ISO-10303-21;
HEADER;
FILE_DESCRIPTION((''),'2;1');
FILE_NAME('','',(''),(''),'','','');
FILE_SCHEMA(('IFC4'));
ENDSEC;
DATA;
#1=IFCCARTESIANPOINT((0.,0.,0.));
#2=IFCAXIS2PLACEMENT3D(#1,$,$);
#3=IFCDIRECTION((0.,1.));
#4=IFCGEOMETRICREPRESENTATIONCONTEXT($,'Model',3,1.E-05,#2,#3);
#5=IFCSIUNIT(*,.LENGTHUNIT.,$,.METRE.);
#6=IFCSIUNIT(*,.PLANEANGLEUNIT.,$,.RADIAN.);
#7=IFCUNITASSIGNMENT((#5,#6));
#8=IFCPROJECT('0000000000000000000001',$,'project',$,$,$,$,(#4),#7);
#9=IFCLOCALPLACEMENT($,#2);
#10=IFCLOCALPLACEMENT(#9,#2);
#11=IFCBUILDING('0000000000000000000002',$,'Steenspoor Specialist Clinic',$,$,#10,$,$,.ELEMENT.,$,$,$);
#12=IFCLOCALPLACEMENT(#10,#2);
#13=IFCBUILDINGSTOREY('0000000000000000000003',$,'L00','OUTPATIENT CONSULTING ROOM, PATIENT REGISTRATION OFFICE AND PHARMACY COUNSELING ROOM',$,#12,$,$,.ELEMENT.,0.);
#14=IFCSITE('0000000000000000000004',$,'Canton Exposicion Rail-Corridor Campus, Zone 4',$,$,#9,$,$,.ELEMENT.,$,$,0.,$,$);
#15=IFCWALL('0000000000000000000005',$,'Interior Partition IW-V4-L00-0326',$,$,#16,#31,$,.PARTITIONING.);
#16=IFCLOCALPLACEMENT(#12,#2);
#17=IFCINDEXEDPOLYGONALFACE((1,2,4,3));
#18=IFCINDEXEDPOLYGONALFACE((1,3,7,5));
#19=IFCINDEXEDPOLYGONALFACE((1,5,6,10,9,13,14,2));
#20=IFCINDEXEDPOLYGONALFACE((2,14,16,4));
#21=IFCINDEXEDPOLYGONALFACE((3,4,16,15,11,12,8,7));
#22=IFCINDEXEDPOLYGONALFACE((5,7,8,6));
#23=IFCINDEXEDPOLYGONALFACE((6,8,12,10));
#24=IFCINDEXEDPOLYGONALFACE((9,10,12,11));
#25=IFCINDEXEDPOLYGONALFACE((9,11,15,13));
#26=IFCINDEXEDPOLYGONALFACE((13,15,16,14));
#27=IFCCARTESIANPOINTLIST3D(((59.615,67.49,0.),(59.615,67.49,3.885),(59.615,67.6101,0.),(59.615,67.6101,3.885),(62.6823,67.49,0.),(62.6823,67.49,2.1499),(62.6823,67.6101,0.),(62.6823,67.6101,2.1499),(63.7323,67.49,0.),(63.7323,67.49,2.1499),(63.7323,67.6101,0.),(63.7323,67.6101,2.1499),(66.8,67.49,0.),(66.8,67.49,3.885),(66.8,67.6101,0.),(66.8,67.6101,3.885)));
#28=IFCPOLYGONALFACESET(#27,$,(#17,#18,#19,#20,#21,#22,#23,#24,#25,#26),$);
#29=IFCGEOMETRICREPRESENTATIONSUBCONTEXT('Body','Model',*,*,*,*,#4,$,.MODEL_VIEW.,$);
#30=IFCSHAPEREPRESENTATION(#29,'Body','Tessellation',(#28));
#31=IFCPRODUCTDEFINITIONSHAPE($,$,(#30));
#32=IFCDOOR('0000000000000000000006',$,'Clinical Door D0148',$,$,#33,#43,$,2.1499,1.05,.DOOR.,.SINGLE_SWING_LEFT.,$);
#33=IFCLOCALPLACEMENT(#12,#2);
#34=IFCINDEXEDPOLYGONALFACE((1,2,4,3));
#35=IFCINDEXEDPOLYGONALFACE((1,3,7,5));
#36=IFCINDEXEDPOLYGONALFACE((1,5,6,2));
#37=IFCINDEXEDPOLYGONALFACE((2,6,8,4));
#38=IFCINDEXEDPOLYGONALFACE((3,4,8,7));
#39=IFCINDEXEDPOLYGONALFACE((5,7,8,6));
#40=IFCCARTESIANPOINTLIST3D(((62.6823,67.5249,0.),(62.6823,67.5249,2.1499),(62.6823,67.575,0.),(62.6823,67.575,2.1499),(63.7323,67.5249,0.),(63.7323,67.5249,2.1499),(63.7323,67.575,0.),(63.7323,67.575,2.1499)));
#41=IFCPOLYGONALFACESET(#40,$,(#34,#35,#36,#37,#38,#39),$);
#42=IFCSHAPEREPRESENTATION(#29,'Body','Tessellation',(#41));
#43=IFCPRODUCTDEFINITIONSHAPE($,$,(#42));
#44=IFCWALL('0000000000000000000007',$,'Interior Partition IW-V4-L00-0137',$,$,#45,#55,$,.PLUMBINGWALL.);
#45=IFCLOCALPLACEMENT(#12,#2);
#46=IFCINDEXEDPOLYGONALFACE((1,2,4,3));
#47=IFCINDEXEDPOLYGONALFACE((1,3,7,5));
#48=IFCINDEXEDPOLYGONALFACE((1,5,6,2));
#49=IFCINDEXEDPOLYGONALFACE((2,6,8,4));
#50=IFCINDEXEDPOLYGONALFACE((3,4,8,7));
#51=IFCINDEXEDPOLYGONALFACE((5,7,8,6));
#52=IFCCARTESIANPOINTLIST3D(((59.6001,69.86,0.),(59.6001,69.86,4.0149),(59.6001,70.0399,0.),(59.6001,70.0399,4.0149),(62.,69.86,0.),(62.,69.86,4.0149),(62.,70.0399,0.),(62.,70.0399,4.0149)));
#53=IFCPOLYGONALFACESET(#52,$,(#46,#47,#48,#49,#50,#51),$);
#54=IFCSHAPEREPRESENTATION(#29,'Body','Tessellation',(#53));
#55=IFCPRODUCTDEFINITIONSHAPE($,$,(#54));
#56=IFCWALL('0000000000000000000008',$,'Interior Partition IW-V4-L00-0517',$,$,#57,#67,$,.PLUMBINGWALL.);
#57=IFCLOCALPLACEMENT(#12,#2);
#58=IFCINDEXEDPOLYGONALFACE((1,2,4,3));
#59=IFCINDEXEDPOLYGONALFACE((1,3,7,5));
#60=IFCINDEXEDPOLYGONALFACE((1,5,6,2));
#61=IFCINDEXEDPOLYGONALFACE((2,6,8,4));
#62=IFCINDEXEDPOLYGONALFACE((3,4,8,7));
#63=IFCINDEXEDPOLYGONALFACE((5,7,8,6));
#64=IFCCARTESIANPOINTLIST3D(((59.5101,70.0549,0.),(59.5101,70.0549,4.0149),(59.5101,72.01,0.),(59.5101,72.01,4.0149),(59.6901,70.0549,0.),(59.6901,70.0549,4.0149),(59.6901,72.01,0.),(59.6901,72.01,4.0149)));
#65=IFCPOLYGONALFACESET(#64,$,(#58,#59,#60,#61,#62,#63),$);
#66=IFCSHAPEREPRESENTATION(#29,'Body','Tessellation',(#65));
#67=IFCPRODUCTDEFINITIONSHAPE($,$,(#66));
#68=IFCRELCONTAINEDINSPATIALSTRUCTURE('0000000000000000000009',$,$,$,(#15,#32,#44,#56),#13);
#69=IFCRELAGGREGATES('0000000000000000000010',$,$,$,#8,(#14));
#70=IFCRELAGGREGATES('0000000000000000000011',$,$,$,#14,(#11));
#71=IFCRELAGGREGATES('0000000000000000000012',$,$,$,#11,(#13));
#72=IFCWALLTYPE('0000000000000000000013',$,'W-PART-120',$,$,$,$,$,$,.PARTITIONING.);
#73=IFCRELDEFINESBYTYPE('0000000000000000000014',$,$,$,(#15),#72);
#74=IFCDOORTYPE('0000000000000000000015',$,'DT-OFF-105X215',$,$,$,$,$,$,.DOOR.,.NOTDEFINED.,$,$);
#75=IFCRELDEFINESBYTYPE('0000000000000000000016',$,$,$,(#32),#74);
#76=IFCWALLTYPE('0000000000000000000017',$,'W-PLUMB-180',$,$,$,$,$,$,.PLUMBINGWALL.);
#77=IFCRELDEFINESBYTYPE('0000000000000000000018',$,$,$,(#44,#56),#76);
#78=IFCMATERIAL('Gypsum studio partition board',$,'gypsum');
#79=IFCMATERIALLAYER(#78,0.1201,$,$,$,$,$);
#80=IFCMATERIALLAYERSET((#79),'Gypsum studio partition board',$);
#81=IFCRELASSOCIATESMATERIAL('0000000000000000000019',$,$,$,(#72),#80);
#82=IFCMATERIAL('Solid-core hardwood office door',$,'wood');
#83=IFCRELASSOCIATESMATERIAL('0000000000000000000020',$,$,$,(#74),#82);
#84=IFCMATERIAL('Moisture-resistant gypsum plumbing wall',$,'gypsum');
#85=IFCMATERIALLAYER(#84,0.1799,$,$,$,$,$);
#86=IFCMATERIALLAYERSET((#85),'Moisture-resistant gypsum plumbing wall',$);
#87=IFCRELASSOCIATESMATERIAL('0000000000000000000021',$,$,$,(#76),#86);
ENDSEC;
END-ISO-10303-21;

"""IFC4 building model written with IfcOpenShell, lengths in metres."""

from ifc_helpers import new_model, si_unit, direction, frame, frame_2d, origin, place, context, subcontext, project, spatial, rectangle, extrude, material, layer, layer_set, type_object, element, fill, save


model = new_model("IFC4")

# Units and contexts
model_context = context("Model", 3, precision=1e-05, world=origin(), true_north=direction((0.0, 1.0)))
body_context = subcontext(model_context, "Body", "Model", "MODEL_VIEW")
ifc_project = project(units=[si_unit("LENGTHUNIT", "METRE"), si_unit("PLANEANGLEUNIT", "RADIAN")], contexts=[model_context])

# Site, building, storey
site_placement = place(None, origin())
site = spatial("IfcSite", under=ifc_project, at=site_placement, Name="Canton Exposicion Rail-Corridor Campus, Zone 4", CompositionType="ELEMENT", RefElevation=0.0)
building_placement = place(site_placement, origin())
building = spatial("IfcBuilding", under=site, at=building_placement, Name="Steenspoor Specialist Clinic", CompositionType="ELEMENT")
storey_placement = place(building_placement, origin())
storey = spatial("IfcBuildingStorey", under=building, at=storey_placement, Name="L00", Description="OUTPATIENT CONSULTING ROOM, PATIENT REGISTRATION OFFICE AND PHARMACY COUNSELING ROOM", CompositionType="ELEMENT", Elevation=0.0)

# Wall, opening, door
ifc_material_1 = material(Name="Gypsum studio partition board", Category="gypsum")
ifc_layer_1 = layer(ifc_material_1, 0.1201)
ifc_layer_set_1 = layer_set([ifc_layer_1], Name="Gypsum studio partition board")
wall_type_1 = type_object("IfcWallType", Name="W-PART-120", PredefinedType="PARTITIONING", material=ifc_layer_set_1)
wall_1_placement = place(storey_placement, frame((59.615, 67.55, 0.0), z_axis=(0.0, 0.0, 1.0), x_axis=(1.0, 0.0, 0.0)))
wall_1 = element("IfcWall", 1, at=wall_1_placement, inside=storey, type_object=wall_type_1, Name="Interior Partition IW-V4-L00-0326", PredefinedType="PARTITIONING", context=body_context, shape_type="SweptSolid", body=[
    extrude(rectangle(XDim=7.1851, YDim=0.1201, at=frame_2d((3.5925, 0.0))), origin(), (0.0, 0.0, 1.0), 3.885),
])
opening_1_placement = place(wall_1_placement, frame((3.0674, 0.0, 0.0)))
opening_1 = element("IfcOpeningElement", 2, at=opening_1_placement, cuts=wall_1, PredefinedType="OPENING", context=body_context, shape_type="SweptSolid", body=[
    extrude(rectangle(XDim=1.05, YDim=2.1499, at=frame_2d((0.5249, 1.075))), frame((0.0, 0.0701, 0.0), z_axis=(0.0, -1.0, 0.0), x_axis=(1.0, 0.0, 0.0)), (0.0, 0.0, 1.0), 0.1401),
])
ifc_material_2 = material(Name="Solid-core hardwood office door", Category="wood")
door_type_1 = type_object("IfcDoorType", Name="DT-OFF-105X215", OperationType="NOTDEFINED", PredefinedType="DOOR", material=ifc_material_2)
door_1_placement = place(opening_1_placement, origin())
door_1 = element("IfcDoor", 3, at=door_1_placement, inside=storey, type_object=door_type_1, Name="Clinical Door D0148", OperationType="SINGLE_SWING_LEFT", OverallHeight=2.1499, OverallWidth=1.05, PredefinedType="DOOR", context=body_context, shape_type="SweptSolid", body=[
    extrude(rectangle(XDim=1.05, YDim=2.1499, at=frame_2d((0.5249, 1.075))), frame((0.0, 0.0249, 0.0), z_axis=(0.0, -1.0, 0.0), x_axis=(1.0, 0.0, 0.0)), (0.0, 0.0, 1.0), 0.05),
])
fill(opening_1, door_1)

# Walls
ifc_material_3 = material(Name="Moisture-resistant gypsum plumbing wall", Category="gypsum")
ifc_layer_2 = layer(ifc_material_3, 0.1799)
ifc_layer_set_2 = layer_set([ifc_layer_2], Name="Moisture-resistant gypsum plumbing wall")
wall_type_2 = type_object("IfcWallType", Name="W-PLUMB-180", PredefinedType="PLUMBINGWALL", material=ifc_layer_set_2)
wall_2_placement = place(storey_placement, frame((59.6001, 69.95, 0.0), z_axis=(0.0, 0.0, 1.0), x_axis=(1.0, 0.0, 0.0)))
element("IfcWall", 4, at=wall_2_placement, inside=storey, type_object=wall_type_2, Name="Interior Partition IW-V4-L00-0137", PredefinedType="PLUMBINGWALL", context=body_context, shape_type="SweptSolid", body=[
    extrude(rectangle(XDim=2.3999, YDim=0.1799, at=frame_2d((1.2, 0.0))), origin(), (0.0, 0.0, 1.0), 4.0149),
])
wall_3_placement = place(storey_placement, frame((59.6001, 70.0549, 0.0), z_axis=(0.0, 0.0, 1.0), x_axis=(0.0, 1.0, 0.0)))
element("IfcWall", 5, at=wall_3_placement, inside=storey, type_object=wall_type_2, Name="Interior Partition IW-V4-L00-0517", PredefinedType="PLUMBINGWALL", context=body_context, shape_type="SweptSolid", body=[
    extrude(rectangle(XDim=1.9551, YDim=0.1799, at=frame_2d((0.9775, 0.0))), origin(), (0.0, 0.0, 1.0), 4.0149),
])

save(model, "model.ifc")
